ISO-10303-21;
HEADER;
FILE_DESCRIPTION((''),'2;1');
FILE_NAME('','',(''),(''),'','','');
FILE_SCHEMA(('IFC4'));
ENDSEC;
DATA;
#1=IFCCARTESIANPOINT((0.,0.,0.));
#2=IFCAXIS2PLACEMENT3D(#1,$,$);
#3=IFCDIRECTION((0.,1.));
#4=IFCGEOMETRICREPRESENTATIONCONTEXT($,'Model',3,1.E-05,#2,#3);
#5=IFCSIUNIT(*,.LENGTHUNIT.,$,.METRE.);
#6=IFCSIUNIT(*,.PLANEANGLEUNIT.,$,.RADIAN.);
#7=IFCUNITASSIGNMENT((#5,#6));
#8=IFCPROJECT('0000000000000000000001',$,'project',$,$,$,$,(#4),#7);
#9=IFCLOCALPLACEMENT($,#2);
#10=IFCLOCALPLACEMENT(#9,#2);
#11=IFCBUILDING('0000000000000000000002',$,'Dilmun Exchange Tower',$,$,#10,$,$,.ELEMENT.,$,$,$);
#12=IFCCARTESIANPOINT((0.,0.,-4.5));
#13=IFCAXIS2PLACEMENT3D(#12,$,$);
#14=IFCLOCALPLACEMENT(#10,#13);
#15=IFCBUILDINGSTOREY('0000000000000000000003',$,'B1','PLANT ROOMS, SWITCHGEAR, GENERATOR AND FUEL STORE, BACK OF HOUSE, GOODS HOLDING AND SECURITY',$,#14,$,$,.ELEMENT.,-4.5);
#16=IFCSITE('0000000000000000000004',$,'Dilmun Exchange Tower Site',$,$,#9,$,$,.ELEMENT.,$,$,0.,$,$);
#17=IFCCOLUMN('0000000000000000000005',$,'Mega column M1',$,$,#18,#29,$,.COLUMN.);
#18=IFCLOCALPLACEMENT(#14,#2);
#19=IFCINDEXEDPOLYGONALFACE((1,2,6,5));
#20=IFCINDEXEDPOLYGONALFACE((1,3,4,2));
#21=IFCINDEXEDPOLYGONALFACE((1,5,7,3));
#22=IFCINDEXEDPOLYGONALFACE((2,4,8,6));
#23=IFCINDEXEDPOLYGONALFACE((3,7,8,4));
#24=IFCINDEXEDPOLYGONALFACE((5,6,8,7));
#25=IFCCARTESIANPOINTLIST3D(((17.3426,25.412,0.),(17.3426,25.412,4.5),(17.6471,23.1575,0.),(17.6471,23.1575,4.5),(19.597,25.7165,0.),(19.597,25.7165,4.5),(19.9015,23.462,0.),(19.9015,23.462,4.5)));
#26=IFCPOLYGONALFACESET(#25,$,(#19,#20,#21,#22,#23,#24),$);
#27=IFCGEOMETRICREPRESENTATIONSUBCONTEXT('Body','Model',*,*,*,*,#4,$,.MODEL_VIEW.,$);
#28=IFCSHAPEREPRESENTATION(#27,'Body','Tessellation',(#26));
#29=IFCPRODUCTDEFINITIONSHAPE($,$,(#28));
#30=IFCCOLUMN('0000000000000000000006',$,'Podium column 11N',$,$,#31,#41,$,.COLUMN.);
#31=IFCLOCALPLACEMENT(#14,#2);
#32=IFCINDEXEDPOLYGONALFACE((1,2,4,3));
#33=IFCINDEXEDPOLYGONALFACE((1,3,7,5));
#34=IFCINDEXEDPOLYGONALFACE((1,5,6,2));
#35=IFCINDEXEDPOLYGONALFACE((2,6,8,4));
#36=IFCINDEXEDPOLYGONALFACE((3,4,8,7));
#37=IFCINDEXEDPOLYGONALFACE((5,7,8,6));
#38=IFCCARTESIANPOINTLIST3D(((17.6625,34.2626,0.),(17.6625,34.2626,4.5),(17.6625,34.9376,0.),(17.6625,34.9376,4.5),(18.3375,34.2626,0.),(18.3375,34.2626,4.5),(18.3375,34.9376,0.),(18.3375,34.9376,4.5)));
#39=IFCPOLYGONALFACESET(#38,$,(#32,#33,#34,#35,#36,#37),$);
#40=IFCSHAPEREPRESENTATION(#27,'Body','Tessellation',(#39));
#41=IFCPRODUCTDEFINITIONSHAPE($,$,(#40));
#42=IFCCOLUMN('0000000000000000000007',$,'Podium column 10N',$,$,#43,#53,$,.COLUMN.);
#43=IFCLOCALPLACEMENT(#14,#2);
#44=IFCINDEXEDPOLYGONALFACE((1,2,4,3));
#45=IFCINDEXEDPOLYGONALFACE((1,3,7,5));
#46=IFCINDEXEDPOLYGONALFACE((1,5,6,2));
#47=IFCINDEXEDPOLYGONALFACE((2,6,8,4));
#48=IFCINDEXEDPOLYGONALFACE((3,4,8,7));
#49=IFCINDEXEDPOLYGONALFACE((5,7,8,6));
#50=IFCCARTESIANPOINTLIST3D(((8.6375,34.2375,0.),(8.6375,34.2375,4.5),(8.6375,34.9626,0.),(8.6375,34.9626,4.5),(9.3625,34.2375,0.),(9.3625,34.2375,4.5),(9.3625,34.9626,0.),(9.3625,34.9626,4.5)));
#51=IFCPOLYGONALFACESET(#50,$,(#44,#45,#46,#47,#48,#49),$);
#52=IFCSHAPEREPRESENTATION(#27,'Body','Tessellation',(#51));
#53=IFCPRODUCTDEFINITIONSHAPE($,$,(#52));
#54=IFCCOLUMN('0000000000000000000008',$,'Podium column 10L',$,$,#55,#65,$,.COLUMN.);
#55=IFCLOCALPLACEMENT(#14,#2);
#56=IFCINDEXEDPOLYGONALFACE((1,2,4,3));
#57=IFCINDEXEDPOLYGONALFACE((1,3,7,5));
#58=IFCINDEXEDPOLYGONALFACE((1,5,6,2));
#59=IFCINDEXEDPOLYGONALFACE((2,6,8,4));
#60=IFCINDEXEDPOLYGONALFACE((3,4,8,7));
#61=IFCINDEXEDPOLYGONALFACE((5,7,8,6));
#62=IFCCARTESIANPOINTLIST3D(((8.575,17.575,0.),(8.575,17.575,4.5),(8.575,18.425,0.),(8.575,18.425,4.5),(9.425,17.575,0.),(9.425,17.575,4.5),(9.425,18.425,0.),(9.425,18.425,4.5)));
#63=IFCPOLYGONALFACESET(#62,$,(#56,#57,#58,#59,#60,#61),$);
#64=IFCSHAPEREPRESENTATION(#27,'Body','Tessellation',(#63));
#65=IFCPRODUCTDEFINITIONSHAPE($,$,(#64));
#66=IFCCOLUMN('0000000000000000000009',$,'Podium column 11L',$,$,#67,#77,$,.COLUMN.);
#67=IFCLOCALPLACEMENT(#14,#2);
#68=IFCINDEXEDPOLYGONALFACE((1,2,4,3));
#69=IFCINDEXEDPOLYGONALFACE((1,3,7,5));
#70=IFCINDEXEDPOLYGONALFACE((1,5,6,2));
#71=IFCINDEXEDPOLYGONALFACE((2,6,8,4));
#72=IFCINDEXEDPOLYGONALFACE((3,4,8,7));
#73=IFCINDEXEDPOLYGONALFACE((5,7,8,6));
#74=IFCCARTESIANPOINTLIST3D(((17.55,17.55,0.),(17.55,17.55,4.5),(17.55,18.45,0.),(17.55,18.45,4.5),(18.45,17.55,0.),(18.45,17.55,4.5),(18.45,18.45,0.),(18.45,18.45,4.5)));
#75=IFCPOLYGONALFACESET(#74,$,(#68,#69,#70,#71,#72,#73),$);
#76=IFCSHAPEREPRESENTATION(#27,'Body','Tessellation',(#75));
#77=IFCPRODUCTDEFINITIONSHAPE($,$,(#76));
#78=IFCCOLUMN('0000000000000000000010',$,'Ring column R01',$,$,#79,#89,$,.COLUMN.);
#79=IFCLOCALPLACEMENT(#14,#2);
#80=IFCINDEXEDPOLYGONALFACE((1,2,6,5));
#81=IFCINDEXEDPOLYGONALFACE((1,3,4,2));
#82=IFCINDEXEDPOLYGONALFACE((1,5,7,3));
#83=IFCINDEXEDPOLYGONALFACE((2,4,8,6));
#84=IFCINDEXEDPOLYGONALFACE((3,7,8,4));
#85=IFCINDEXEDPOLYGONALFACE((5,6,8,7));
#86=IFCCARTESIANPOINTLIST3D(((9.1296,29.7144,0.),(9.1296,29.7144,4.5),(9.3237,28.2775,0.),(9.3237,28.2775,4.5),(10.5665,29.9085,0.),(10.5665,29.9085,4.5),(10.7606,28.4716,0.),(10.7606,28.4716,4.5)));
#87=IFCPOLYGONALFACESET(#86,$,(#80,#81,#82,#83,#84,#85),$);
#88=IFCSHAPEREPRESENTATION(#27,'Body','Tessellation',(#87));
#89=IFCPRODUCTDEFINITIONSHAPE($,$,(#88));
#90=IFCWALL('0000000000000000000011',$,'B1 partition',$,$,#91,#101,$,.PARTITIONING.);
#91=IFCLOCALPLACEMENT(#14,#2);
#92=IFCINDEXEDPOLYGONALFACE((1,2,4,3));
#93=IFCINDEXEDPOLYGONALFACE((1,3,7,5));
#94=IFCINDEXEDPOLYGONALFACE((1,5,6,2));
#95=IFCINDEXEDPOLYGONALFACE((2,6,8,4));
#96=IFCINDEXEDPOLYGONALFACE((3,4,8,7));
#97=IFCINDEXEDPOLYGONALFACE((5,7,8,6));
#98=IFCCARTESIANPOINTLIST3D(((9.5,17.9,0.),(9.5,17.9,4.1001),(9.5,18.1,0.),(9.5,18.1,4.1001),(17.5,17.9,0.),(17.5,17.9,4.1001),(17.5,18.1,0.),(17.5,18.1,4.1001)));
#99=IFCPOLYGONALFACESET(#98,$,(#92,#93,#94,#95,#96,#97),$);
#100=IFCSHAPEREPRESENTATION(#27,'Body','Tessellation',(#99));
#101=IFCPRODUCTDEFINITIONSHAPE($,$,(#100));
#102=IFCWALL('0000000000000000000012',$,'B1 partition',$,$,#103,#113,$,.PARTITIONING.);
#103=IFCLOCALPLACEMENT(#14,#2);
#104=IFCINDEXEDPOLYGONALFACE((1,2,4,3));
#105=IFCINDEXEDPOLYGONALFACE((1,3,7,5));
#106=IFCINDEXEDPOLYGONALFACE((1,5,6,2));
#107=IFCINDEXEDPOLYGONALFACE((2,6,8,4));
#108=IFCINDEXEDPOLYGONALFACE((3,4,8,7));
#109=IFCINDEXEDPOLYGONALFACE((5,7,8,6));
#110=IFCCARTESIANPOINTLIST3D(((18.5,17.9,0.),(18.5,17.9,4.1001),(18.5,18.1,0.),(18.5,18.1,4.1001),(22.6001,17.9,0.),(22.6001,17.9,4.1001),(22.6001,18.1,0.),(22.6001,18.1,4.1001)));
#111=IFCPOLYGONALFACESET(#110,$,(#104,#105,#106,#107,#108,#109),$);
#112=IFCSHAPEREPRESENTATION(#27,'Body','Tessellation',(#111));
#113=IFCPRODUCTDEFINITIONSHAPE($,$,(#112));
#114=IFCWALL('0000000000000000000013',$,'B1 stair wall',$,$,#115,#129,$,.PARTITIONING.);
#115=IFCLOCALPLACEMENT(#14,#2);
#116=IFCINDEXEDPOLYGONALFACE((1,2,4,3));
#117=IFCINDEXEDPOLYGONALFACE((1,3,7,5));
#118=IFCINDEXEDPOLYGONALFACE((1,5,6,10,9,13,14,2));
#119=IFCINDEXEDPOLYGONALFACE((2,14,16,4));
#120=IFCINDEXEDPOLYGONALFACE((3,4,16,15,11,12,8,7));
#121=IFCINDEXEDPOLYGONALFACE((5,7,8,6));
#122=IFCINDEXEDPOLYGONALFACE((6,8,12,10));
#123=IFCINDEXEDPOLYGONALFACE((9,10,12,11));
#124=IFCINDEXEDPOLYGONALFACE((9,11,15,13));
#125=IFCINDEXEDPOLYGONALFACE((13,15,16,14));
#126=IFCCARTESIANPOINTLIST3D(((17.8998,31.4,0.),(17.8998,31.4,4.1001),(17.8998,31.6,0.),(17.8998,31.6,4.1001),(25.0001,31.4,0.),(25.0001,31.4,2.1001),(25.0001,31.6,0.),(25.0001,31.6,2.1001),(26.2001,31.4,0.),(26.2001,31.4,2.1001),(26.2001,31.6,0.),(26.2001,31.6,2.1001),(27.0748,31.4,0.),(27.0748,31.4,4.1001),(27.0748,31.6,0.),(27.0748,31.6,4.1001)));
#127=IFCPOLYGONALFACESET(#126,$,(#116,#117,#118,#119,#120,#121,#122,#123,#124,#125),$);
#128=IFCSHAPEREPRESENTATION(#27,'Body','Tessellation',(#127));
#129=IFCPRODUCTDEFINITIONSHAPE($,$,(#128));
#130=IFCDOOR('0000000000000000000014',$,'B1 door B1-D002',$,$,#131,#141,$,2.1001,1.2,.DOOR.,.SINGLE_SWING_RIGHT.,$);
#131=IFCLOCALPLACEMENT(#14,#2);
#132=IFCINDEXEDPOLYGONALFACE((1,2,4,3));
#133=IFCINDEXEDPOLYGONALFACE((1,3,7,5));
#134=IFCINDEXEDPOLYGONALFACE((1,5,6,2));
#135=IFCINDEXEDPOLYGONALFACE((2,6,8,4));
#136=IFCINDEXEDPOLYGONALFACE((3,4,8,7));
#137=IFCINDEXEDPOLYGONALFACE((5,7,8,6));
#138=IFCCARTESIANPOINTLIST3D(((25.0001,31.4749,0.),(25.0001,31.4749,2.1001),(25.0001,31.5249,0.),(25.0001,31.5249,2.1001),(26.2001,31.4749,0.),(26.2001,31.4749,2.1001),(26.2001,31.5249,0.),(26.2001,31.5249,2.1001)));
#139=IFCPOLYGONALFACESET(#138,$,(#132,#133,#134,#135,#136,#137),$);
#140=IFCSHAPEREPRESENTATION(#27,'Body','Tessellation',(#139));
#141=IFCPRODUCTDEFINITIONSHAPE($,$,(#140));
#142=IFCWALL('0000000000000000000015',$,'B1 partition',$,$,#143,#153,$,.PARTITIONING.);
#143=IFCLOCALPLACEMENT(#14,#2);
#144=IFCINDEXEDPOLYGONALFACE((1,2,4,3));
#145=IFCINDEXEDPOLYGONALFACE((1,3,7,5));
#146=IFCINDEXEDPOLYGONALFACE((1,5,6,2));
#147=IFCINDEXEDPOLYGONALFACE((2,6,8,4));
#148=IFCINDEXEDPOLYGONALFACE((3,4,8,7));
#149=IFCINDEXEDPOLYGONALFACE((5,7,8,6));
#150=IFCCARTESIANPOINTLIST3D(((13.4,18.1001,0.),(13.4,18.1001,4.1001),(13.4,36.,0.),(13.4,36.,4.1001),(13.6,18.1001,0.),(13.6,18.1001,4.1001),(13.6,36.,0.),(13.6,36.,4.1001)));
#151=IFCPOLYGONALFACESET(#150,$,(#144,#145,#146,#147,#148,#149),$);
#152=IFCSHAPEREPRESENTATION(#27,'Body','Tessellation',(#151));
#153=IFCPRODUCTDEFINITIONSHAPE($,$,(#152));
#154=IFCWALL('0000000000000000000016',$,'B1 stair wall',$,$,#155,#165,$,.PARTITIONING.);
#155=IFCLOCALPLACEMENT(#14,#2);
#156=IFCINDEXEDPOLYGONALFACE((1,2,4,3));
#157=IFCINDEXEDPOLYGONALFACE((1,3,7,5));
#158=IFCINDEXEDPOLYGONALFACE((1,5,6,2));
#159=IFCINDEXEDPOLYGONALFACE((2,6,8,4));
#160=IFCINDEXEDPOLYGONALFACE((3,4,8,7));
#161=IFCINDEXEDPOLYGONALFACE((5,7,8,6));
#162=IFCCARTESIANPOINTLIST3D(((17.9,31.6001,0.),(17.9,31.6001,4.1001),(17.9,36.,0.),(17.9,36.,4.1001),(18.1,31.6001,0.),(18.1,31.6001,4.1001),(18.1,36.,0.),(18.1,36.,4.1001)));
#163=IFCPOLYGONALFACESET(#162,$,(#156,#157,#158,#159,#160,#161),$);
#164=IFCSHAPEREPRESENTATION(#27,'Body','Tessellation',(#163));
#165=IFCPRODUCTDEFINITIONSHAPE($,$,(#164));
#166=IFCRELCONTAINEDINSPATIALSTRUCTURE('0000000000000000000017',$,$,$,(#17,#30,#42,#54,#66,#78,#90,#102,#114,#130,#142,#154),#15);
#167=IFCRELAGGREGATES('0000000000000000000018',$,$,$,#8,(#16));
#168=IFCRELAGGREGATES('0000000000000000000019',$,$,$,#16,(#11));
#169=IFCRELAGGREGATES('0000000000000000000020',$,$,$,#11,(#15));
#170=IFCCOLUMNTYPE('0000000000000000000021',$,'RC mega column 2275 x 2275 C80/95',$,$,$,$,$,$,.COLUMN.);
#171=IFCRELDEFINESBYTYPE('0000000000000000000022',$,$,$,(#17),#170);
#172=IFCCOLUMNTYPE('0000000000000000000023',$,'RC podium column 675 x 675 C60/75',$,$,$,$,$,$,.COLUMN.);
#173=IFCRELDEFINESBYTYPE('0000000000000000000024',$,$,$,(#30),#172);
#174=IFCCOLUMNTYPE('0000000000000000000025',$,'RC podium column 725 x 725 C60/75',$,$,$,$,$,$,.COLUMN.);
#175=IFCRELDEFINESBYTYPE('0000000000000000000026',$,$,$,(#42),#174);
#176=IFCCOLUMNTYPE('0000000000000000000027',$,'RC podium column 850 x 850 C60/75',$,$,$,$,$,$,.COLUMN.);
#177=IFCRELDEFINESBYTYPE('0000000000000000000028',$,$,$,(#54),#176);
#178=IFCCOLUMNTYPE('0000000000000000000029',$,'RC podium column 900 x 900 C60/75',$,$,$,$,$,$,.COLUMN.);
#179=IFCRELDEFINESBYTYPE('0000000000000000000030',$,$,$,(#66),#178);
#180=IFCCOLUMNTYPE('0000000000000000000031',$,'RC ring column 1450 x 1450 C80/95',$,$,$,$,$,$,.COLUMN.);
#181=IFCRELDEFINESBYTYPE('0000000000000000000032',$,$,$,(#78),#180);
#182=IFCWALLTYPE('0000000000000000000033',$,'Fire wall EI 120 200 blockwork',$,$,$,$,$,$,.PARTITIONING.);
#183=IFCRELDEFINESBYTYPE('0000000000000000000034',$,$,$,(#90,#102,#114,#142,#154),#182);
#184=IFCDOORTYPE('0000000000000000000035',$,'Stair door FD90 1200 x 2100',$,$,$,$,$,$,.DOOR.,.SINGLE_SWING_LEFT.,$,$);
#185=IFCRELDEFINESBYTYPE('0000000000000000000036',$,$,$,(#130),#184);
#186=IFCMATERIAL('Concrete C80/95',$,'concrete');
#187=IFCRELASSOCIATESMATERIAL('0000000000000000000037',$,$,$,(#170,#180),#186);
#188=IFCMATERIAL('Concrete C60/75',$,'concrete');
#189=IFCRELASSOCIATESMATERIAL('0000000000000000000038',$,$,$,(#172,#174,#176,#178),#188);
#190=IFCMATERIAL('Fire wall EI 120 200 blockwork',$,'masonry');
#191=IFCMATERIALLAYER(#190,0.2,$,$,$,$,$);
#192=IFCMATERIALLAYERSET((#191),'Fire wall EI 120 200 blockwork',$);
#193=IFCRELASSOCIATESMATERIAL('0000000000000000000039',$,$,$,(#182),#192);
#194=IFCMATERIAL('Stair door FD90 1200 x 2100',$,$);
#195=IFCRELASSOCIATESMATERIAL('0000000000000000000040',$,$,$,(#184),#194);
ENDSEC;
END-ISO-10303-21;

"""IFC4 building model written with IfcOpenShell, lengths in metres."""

from ifc_helpers import new_model, si_unit, direction, frame, frame_2d, origin, origin_2d, place, context, subcontext, project, spatial, rectangle, extrude, material, layer, layer_set, material_profile, profile_set, type_object, element, fill, save


model = new_model("IFC4")

# Units and contexts
model_context = context("Model", 3, precision=1e-05, world=origin(), true_north=direction((0.0, 1.0)))
body_context = subcontext(model_context, "Body", "Model", "MODEL_VIEW")
ifc_project = project(units=[si_unit("LENGTHUNIT", "METRE"), si_unit("PLANEANGLEUNIT", "RADIAN")], contexts=[model_context])

# Site, building, storey
site_placement = place(None, origin())
site = spatial("IfcSite", under=ifc_project, at=site_placement, Name="Dilmun Exchange Tower Site", CompositionType="ELEMENT", RefElevation=0.0)
building_placement = place(site_placement, origin())
building = spatial("IfcBuilding", under=site, at=building_placement, Name="Dilmun Exchange Tower", CompositionType="ELEMENT")
storey_placement = place(building_placement, frame((0.0, 0.0, -4.5)))
storey = spatial("IfcBuildingStorey", under=building, at=storey_placement, Name="B1", Description="PLANT ROOMS, SWITCHGEAR, GENERATOR AND FUEL STORE, BACK OF HOUSE, GOODS HOLDING AND SECURITY", CompositionType="ELEMENT", Elevation=-4.5)

# Columns
ifc_material_1 = material(Name="Concrete C80/95", Category="concrete")
ifc_material_profile_1 = material_profile(ifc_material_1, rectangle(XDim=2.2749, YDim=2.2749, at=origin_2d()), Name="2275 x 2275")
ifc_profile_set_1 = profile_set([ifc_material_profile_1], Name="Concrete C80/95")
column_type_1 = type_object("IfcColumnType", Name="RC mega column 2275 x 2275 C80/95", PredefinedType="COLUMN", material=ifc_profile_set_1)
column_1_placement = place(storey_placement, frame((18.6221, 24.437, 0.0), z_axis=(0.0, 0.0, 1.0), x_axis=(0.991001, 0.133853, 0.0)))
element("IfcColumn", 1, at=column_1_placement, inside=storey, type_object=column_type_1, Name="Mega column M1", PredefinedType="COLUMN", context=body_context, shape_type="SweptSolid", body=[
    extrude(rectangle(XDim=2.2749, YDim=2.2749, at=origin_2d()), origin(), (0.0, 0.0, 1.0), 4.5),
])
ifc_material_2 = material(Name="Concrete C60/75", Category="concrete")
ifc_material_profile_2 = material_profile(ifc_material_2, rectangle(XDim=0.675, YDim=0.675, at=origin_2d()), Name="675 x 675")
ifc_profile_set_2 = profile_set([ifc_material_profile_2], Name="Concrete C60/75")
column_type_2 = type_object("IfcColumnType", Name="RC podium column 675 x 675 C60/75", PredefinedType="COLUMN", material=ifc_profile_set_2)
column_2_placement = place(storey_placement, frame((18.0, 34.6001, 0.0), z_axis=(0.0, 0.0, 1.0), x_axis=(1.0, 0.0, 0.0)))
element("IfcColumn", 2, at=column_2_placement, inside=storey, type_object=column_type_2, Name="Podium column 11N", PredefinedType="COLUMN", context=body_context, shape_type="SweptSolid", body=[
    extrude(rectangle(XDim=0.675, YDim=0.675, at=origin_2d()), origin(), (0.0, 0.0, 1.0), 4.5),
])
ifc_material_profile_3 = material_profile(ifc_material_2, rectangle(XDim=0.7251, YDim=0.7251, at=origin_2d()), Name="725 x 725")
ifc_profile_set_3 = profile_set([ifc_material_profile_3], Name="Concrete C60/75")
column_type_3 = type_object("IfcColumnType", Name="RC podium column 725 x 725 C60/75", PredefinedType="COLUMN", material=ifc_profile_set_3)
column_3_placement = place(storey_placement, frame((9.0, 34.6001, 0.0), z_axis=(0.0, 0.0, 1.0), x_axis=(1.0, 0.0, 0.0)))
element("IfcColumn", 3, at=column_3_placement, inside=storey, type_object=column_type_3, Name="Podium column 10N", PredefinedType="COLUMN", context=body_context, shape_type="SweptSolid", body=[
    extrude(rectangle(XDim=0.7251, YDim=0.7251, at=origin_2d()), origin(), (0.0, 0.0, 1.0), 4.5),
])
ifc_material_profile_4 = material_profile(ifc_material_2, rectangle(XDim=0.8501, YDim=0.8501, at=origin_2d()), Name="850 x 850")
ifc_profile_set_4 = profile_set([ifc_material_profile_4], Name="Concrete C60/75")
column_type_4 = type_object("IfcColumnType", Name="RC podium column 850 x 850 C60/75", PredefinedType="COLUMN", material=ifc_profile_set_4)
column_4_placement = place(storey_placement, frame((9.0, 18.0, 0.0), z_axis=(0.0, 0.0, 1.0), x_axis=(1.0, 0.0, 0.0)))
element("IfcColumn", 4, at=column_4_placement, inside=storey, type_object=column_type_4, Name="Podium column 10L", PredefinedType="COLUMN", context=body_context, shape_type="SweptSolid", body=[
    extrude(rectangle(XDim=0.8501, YDim=0.8501, at=origin_2d()), origin(), (0.0, 0.0, 1.0), 4.5),
])
ifc_material_profile_5 = material_profile(ifc_material_2, rectangle(XDim=0.8999, YDim=0.8999, at=origin_2d()), Name="900 x 900")
ifc_profile_set_5 = profile_set([ifc_material_profile_5], Name="Concrete C60/75")
column_type_5 = type_object("IfcColumnType", Name="RC podium column 900 x 900 C60/75", PredefinedType="COLUMN", material=ifc_profile_set_5)
column_5_placement = place(storey_placement, frame((18.0, 18.0, 0.0), z_axis=(0.0, 0.0, 1.0), x_axis=(1.0, 0.0, 0.0)))
element("IfcColumn", 5, at=column_5_placement, inside=storey, type_object=column_type_5, Name="Podium column 11L", PredefinedType="COLUMN", context=body_context, shape_type="SweptSolid", body=[
    extrude(rectangle(XDim=0.8999, YDim=0.8999, at=origin_2d()), origin(), (0.0, 0.0, 1.0), 4.5),
])
ifc_material_profile_6 = material_profile(ifc_material_1, rectangle(XDim=1.45, YDim=1.45, at=origin_2d()), Name="1450 x 1450")
ifc_profile_set_6 = profile_set([ifc_material_profile_6], Name="Concrete C80/95")
column_type_6 = type_object("IfcColumnType", Name="RC ring column 1450 x 1450 C80/95", PredefinedType="COLUMN", material=ifc_profile_set_6)
column_6_placement = place(storey_placement, frame((9.9451, 29.093, 0.0), z_axis=(0.0, 0.0, 1.0), x_axis=(0.991001, 0.133853, 0.0)))
element("IfcColumn", 6, at=column_6_placement, inside=storey, type_object=column_type_6, Name="Ring column R01", PredefinedType="COLUMN", context=body_context, shape_type="SweptSolid", body=[
    extrude(rectangle(XDim=1.45, YDim=1.45, at=origin_2d()), origin(), (0.0, 0.0, 1.0), 4.5),
])

# Walls
ifc_material_3 = material(Name="Fire wall EI 120 200 blockwork", Category="masonry")
ifc_layer = layer(ifc_material_3, 0.2)
ifc_layer_set = layer_set([ifc_layer], Name="Fire wall EI 120 200 blockwork")
wall_type = type_object("IfcWallType", Name="Fire wall EI 120 200 blockwork", PredefinedType="PARTITIONING", material=ifc_layer_set)
wall_1_placement = place(storey_placement, frame((9.5, 18.0, 0.0), z_axis=(0.0, 0.0, 1.0), x_axis=(1.0, 0.0, 0.0)))
element("IfcWall", 7, at=wall_1_placement, inside=storey, type_object=wall_type, Name="B1 partition", PredefinedType="PARTITIONING", context=body_context, shape_type="SweptSolid", body=[
    extrude(rectangle(XDim=8.0, YDim=0.2, at=frame_2d((4.0, 0.0))), origin(), (0.0, 0.0, 1.0), 4.1001),
])
wall_2_placement = place(storey_placement, frame((18.5, 18.0, 0.0), z_axis=(0.0, 0.0, 1.0), x_axis=(1.0, 0.0, 0.0)))
element("IfcWall", 8, at=wall_2_placement, inside=storey, type_object=wall_type, Name="B1 partition", PredefinedType="PARTITIONING", context=body_context, shape_type="SweptSolid", body=[
    extrude(rectangle(XDim=4.1001, YDim=0.2, at=frame_2d((2.05, 0.0))), origin(), (0.0, 0.0, 1.0), 4.1001),
])

# Wall, opening, door
wall_3_placement = place(storey_placement, frame((17.8999, 31.5, 0.0), z_axis=(0.0, 0.0, 1.0), x_axis=(1.0, 0.0, 0.0)))
wall_3 = element("IfcWall", 9, at=wall_3_placement, inside=storey, type_object=wall_type, Name="B1 stair wall", PredefinedType="PARTITIONING", context=body_context, shape_type="SweptSolid", body=[
    extrude(rectangle(XDim=9.175, YDim=0.2, at=frame_2d((4.5874, 0.0))), origin(), (0.0, 0.0, 1.0), 4.1001),
])
opening_1_placement = place(wall_3_placement, frame((7.1001, 0.0, 0.0)))
opening_1 = element("IfcOpeningElement", 10, at=opening_1_placement, cuts=wall_3, PredefinedType="OPENING", context=body_context, shape_type="SweptSolid", body=[
    extrude(rectangle(XDim=1.2, YDim=2.1001, at=frame_2d((0.6001, 1.05))), frame((0.0, 0.1099, 0.0), z_axis=(0.0, -1.0, 0.0), x_axis=(1.0, 0.0, 0.0)), (0.0, 0.0, 1.0), 0.22),
])
ifc_material_4 = material(Name="Stair door FD90 1200 x 2100")
door_type_1 = type_object("IfcDoorType", Name="Stair door FD90 1200 x 2100", OperationType="SINGLE_SWING_LEFT", PredefinedType="DOOR", material=ifc_material_4)
door_1_placement = place(opening_1_placement, origin())
door_1 = element("IfcDoor", 11, at=door_1_placement, inside=storey, type_object=door_type_1, Name="B1 door B1-D002", OperationType="SINGLE_SWING_RIGHT", OverallHeight=2.1001, OverallWidth=1.2, PredefinedType="DOOR", context=body_context, shape_type="SweptSolid", body=[
    extrude(rectangle(XDim=1.2, YDim=2.1001, at=frame_2d((0.6001, 1.05))), frame((0.0, 0.0249, 0.0), z_axis=(0.0, -1.0, 0.0), x_axis=(1.0, 0.0, 0.0)), (0.0, 0.0, 1.0), 0.05),
])
fill(opening_1, door_1)

# Walls
wall_4_placement = place(storey_placement, frame((13.5, 18.1001, 0.0), z_axis=(0.0, 0.0, 1.0), x_axis=(0.0, 1.0, 0.0)))
element("IfcWall", 12, at=wall_4_placement, inside=storey, type_object=wall_type, Name="B1 partition", PredefinedType="PARTITIONING", context=body_context, shape_type="SweptSolid", body=[
    extrude(rectangle(XDim=17.8999, YDim=0.2, at=frame_2d((8.95, 0.0))), origin(), (0.0, 0.0, 1.0), 4.1001),
])
wall_5_placement = place(storey_placement, frame((18.0, 31.6001, 0.0), z_axis=(0.0, 0.0, 1.0), x_axis=(0.0, 1.0, 0.0)))
element("IfcWall", 13, at=wall_5_placement, inside=storey, type_object=wall_type, Name="B1 stair wall", PredefinedType="PARTITIONING", context=body_context, shape_type="SweptSolid", body=[
    extrude(rectangle(XDim=4.3999, YDim=0.2, at=frame_2d((2.2, 0.0))), origin(), (0.0, 0.0, 1.0), 4.1001),
])

save(model, "model.ifc")
